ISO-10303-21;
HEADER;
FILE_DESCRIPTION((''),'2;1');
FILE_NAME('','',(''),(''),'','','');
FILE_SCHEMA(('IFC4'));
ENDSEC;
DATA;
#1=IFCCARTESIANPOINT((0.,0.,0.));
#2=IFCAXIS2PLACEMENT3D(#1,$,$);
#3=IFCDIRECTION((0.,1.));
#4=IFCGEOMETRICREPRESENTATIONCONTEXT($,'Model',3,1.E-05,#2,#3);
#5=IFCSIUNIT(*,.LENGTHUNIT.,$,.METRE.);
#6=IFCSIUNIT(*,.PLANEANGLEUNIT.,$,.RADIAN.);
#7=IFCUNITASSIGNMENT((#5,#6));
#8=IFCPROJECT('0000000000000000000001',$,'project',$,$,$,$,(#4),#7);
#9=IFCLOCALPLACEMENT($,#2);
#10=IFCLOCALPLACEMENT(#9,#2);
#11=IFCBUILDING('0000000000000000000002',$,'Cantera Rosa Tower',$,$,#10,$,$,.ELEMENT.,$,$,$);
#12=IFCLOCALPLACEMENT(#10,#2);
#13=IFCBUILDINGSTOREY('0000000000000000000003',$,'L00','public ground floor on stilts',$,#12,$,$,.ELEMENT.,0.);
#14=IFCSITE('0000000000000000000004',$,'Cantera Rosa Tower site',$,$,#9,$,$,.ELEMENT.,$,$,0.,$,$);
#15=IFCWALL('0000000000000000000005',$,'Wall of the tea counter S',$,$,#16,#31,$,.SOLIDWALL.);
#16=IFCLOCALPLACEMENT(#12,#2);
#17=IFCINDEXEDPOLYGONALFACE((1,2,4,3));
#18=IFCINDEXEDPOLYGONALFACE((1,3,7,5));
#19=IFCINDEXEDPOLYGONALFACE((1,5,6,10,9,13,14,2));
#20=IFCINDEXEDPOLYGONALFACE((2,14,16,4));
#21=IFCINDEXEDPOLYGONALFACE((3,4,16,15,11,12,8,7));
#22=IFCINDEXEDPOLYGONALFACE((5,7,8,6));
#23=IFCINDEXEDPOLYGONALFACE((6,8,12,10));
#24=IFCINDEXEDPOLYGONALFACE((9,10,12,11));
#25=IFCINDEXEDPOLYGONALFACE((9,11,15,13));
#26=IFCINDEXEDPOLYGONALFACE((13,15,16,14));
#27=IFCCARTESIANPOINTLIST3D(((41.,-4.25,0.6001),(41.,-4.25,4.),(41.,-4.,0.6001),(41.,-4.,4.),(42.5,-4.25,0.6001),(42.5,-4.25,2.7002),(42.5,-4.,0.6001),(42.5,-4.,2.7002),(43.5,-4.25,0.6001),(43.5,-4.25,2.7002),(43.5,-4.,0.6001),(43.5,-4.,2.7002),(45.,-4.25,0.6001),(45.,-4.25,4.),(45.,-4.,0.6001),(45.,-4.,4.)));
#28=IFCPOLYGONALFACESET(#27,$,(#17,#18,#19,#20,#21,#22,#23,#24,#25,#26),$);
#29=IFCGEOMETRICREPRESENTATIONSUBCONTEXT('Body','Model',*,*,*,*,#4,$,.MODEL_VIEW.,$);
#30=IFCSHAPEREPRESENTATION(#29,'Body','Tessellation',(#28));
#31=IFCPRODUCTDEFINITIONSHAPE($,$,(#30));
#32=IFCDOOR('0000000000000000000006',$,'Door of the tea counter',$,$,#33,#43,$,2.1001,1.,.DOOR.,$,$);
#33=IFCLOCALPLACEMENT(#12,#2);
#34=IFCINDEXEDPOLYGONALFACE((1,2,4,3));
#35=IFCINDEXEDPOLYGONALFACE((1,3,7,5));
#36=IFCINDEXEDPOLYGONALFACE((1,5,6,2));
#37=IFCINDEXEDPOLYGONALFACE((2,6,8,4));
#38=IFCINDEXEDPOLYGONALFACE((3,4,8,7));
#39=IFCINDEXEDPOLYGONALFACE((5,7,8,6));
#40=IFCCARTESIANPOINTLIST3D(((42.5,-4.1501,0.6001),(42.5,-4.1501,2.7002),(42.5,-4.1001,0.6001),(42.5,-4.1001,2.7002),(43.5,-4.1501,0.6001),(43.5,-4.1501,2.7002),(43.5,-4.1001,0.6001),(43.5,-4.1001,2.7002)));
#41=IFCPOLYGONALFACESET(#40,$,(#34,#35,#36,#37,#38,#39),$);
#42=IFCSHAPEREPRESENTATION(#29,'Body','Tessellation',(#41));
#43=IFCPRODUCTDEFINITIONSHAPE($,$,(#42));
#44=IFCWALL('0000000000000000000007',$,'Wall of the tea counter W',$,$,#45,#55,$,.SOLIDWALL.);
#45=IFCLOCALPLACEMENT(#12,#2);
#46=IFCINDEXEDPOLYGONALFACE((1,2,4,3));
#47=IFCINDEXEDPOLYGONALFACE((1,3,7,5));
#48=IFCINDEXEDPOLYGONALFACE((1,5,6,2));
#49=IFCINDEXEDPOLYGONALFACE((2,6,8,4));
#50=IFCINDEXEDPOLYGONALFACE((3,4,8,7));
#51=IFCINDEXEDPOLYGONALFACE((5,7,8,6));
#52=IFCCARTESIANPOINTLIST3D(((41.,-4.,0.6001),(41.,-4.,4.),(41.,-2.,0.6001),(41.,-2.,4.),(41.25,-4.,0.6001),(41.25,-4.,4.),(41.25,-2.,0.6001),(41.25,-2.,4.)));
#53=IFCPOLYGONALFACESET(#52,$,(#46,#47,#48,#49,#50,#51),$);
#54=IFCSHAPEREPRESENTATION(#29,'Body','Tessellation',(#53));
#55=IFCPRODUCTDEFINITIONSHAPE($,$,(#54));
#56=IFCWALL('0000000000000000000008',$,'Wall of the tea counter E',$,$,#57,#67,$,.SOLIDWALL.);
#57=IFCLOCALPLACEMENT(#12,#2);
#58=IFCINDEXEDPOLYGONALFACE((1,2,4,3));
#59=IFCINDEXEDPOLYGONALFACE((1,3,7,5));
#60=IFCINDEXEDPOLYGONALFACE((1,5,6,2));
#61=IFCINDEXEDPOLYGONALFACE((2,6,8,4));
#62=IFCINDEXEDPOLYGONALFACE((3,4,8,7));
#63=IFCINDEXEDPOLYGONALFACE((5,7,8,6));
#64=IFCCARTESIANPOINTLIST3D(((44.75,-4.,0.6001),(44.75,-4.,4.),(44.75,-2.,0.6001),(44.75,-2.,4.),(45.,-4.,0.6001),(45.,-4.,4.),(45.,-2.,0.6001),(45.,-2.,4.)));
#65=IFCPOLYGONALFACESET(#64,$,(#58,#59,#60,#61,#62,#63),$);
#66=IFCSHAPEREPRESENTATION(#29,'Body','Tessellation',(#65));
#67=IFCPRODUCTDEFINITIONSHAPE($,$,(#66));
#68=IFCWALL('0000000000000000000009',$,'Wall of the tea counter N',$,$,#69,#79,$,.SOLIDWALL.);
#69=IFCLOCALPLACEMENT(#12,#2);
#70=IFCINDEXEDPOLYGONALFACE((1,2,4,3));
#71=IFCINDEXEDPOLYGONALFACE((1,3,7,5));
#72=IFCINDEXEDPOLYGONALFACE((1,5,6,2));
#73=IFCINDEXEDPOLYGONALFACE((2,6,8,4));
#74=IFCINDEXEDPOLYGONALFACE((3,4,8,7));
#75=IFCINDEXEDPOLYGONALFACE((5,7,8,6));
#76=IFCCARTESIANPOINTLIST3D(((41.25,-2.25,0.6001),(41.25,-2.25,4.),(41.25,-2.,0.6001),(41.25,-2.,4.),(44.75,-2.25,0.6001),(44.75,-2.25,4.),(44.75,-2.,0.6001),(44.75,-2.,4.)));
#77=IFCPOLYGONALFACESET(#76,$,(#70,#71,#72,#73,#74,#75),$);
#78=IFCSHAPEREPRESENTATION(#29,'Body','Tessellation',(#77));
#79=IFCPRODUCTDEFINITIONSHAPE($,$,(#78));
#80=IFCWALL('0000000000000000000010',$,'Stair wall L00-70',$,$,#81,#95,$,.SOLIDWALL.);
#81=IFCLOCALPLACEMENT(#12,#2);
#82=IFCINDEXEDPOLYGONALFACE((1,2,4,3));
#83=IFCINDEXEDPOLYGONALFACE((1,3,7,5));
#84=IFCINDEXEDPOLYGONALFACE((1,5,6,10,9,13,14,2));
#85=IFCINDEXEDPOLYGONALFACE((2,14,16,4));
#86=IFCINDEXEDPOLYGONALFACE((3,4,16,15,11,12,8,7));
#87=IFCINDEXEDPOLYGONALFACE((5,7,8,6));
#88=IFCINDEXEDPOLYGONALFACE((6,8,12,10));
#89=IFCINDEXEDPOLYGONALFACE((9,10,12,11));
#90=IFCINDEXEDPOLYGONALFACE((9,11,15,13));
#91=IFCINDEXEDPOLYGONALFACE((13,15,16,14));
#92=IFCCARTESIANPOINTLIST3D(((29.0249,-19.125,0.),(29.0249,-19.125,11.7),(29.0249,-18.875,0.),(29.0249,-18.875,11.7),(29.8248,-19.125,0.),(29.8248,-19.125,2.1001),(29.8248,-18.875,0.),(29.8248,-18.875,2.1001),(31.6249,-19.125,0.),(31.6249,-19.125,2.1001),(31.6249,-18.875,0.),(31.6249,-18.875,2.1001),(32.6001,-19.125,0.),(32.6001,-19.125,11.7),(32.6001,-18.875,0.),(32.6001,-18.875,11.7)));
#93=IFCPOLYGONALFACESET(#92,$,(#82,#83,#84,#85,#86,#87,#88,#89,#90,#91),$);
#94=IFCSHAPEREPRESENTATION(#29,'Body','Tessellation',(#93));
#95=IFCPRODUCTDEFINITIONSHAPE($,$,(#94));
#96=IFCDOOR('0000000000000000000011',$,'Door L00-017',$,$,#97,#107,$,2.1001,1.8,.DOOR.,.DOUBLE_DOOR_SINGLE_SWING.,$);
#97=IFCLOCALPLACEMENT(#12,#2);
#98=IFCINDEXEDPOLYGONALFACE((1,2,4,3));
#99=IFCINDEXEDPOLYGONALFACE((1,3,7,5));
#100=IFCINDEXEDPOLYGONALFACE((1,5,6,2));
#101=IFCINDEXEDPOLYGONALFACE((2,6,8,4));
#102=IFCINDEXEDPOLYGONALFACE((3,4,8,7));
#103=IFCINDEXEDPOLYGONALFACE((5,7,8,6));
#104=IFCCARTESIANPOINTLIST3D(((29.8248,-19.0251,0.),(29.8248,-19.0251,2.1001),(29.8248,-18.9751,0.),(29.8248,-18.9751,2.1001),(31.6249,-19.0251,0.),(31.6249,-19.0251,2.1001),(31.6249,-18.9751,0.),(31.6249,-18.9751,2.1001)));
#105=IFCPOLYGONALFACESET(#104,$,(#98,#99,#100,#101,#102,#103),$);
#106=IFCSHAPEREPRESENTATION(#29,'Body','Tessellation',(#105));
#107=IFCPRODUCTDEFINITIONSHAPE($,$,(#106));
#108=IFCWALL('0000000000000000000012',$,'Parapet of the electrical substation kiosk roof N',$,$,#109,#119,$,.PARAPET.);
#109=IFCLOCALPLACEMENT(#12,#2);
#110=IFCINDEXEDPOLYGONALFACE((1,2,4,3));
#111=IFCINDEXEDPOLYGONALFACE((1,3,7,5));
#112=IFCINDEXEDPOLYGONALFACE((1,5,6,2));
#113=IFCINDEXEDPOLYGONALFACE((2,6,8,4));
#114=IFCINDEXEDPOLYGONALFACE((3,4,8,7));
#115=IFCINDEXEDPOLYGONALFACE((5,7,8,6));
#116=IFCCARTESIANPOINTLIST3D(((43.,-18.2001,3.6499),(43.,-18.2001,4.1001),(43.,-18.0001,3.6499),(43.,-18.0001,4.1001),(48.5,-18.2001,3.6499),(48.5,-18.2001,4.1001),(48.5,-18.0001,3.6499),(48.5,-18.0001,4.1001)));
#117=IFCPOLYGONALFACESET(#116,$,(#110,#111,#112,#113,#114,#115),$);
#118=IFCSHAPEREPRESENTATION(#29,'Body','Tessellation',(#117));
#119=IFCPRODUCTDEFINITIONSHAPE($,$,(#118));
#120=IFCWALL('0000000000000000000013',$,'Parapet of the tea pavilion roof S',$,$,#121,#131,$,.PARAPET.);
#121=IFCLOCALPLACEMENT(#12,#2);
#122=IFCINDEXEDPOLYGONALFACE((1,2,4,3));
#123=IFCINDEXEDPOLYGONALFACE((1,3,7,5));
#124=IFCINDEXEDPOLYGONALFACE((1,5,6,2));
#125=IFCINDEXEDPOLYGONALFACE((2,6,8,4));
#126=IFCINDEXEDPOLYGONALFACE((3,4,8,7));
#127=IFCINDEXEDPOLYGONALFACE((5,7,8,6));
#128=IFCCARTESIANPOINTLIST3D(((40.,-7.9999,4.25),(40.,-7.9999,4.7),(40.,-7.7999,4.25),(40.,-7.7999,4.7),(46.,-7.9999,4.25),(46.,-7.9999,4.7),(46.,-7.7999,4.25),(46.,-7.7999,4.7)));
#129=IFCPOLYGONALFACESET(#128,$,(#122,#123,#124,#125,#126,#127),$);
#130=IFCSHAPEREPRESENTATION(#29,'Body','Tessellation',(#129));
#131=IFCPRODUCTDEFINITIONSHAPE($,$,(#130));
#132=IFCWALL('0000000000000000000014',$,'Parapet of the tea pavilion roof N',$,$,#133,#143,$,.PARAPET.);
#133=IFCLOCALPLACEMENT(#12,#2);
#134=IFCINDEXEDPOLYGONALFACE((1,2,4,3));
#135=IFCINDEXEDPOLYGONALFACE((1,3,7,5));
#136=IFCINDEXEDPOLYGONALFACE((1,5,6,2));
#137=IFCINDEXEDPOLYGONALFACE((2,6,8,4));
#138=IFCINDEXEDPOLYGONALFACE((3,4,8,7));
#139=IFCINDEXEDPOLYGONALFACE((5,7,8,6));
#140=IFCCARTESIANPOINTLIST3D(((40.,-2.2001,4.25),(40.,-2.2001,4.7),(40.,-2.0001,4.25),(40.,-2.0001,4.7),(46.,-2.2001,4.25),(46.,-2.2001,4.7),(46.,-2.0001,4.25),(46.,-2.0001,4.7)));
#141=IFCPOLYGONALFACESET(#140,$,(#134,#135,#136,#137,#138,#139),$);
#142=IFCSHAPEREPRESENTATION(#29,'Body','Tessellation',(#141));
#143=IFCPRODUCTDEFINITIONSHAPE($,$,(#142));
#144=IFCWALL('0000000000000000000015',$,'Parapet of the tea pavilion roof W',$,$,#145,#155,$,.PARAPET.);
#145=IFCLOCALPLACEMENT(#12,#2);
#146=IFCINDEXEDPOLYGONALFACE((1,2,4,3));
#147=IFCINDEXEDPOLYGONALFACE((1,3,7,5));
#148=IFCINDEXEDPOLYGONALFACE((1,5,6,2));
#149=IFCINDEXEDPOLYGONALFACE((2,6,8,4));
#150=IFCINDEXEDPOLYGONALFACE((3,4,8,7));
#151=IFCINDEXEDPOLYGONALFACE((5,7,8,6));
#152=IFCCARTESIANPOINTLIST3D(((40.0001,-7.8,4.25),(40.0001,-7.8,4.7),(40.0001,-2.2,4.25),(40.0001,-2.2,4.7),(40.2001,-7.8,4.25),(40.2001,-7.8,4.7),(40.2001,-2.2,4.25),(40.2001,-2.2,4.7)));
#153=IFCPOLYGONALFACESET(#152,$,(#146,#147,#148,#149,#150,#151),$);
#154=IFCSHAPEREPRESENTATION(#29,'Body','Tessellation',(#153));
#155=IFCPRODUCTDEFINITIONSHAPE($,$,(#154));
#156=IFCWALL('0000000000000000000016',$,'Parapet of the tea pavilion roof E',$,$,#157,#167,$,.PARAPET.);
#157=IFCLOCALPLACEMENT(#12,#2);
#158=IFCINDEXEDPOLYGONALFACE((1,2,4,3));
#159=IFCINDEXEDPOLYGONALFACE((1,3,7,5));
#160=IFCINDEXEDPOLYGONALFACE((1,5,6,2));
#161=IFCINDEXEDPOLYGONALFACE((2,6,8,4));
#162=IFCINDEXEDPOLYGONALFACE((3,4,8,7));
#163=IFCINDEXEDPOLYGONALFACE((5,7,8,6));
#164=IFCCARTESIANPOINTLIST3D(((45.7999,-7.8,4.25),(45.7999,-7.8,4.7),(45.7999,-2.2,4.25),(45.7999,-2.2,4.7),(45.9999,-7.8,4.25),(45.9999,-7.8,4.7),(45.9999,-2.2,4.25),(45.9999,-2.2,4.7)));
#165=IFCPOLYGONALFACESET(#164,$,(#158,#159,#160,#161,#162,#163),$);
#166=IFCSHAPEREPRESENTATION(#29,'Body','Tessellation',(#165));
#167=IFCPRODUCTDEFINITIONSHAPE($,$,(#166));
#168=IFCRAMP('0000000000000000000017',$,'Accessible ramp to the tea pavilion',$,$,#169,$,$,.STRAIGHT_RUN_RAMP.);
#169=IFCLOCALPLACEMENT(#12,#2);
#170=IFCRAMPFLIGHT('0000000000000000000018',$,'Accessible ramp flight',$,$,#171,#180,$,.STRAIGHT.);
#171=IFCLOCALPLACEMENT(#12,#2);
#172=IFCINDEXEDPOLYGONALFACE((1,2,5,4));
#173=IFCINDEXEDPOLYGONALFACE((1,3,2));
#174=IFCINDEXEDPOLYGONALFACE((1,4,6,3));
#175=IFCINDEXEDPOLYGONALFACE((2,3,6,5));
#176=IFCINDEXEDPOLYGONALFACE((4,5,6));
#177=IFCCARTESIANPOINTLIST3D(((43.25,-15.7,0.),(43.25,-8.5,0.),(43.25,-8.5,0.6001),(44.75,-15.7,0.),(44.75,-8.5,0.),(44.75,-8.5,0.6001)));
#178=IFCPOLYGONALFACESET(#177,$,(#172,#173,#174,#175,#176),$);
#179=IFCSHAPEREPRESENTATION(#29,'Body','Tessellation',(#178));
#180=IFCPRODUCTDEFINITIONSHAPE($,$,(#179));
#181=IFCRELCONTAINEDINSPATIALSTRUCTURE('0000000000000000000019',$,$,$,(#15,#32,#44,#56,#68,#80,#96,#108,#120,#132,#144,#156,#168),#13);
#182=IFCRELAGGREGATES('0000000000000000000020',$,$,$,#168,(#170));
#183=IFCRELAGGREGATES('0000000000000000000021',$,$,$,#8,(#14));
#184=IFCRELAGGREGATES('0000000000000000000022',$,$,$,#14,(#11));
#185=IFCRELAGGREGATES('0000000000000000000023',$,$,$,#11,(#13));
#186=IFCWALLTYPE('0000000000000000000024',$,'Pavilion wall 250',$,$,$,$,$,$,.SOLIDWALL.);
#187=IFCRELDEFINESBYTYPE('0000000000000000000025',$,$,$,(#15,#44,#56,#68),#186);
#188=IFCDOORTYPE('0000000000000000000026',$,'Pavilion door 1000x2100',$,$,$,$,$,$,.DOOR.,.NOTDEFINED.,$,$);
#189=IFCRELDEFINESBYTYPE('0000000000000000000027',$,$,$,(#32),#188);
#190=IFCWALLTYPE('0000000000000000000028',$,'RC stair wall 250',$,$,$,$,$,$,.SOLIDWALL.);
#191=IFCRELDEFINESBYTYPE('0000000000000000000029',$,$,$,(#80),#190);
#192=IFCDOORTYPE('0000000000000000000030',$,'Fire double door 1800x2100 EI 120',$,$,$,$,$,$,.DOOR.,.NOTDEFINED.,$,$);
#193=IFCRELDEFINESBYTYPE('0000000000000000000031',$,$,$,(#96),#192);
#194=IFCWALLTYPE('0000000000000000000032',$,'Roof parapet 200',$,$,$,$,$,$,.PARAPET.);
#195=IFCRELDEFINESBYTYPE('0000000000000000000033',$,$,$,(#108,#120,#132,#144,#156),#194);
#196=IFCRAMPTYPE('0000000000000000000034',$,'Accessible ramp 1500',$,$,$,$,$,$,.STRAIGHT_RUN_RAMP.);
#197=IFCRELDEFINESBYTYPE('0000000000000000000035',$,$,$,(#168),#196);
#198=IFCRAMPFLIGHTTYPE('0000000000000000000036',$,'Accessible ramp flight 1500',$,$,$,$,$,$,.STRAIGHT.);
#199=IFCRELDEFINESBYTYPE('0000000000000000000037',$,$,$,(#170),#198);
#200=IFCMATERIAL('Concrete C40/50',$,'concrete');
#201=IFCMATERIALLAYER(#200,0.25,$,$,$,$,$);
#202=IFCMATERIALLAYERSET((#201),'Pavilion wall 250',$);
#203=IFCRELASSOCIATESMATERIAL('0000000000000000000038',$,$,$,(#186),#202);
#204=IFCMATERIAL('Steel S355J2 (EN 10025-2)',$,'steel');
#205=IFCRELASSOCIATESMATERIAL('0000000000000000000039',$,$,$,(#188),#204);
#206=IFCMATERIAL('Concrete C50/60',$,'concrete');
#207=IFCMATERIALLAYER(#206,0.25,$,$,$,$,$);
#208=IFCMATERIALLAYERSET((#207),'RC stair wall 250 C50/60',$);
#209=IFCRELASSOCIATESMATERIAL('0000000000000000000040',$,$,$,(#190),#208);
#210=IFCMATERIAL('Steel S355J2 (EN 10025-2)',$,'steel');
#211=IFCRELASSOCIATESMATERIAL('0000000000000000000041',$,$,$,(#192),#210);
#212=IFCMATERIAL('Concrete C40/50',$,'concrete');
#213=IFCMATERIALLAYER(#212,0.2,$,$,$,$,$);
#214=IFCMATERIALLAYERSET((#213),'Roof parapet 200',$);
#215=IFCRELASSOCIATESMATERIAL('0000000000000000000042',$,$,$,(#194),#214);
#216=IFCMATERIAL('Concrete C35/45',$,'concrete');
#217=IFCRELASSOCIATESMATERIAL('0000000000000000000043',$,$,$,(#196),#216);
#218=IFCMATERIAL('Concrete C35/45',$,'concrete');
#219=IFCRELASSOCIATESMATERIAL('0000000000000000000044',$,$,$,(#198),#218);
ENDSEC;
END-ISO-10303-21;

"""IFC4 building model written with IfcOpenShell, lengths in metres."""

from ifc_helpers import new_model, si_unit, direction, frame, frame_2d, origin, place, context, subcontext, project, spatial, polyline, rectangle, outline, extrude, material, layer, layer_set, type_object, element, fill, aggregate, save


model = new_model("IFC4")

# Units and contexts
model_context = context("Model", 3, precision=1e-05, world=origin(), true_north=direction((0.0, 1.0)))
body_context = subcontext(model_context, "Body", "Model", "MODEL_VIEW")
ifc_project = project(units=[si_unit("LENGTHUNIT", "METRE"), si_unit("PLANEANGLEUNIT", "RADIAN")], contexts=[model_context])

# Site, building, storey
site_placement = place(None, origin())
site = spatial("IfcSite", under=ifc_project, at=site_placement, Name="Cantera Rosa Tower site", CompositionType="ELEMENT", RefElevation=0.0)
building_placement = place(site_placement, origin())
building = spatial("IfcBuilding", under=site, at=building_placement, Name="Cantera Rosa Tower", CompositionType="ELEMENT")
storey_placement = place(building_placement, origin())
storey = spatial("IfcBuildingStorey", under=building, at=storey_placement, Name="L00", Description="public ground floor on stilts", CompositionType="ELEMENT", Elevation=0.0)

# Shared definitions
ifc_material_1 = material(Name="Concrete C40/50", Category="concrete")
ifc_layer_1 = layer(ifc_material_1, 0.25)
ifc_layer_set_1 = layer_set([ifc_layer_1], Name="Pavilion wall 250")
wall_type_1 = type_object("IfcWallType", Name="Pavilion wall 250", PredefinedType="SOLIDWALL", material=ifc_layer_set_1)

# Wall, opening, door
wall_1_placement = place(storey_placement, frame((41.0, -4.125, 0.6001), z_axis=(0.0, 0.0, 1.0), x_axis=(1.0, 0.0, 0.0)))
wall_1 = element("IfcWall", 1, at=wall_1_placement, inside=storey, type_object=wall_type_1, Name="Wall of the tea counter S", PredefinedType="SOLIDWALL", context=body_context, shape_type="SweptSolid", body=[
    extrude(rectangle(XDim=4.0, YDim=0.25, at=frame_2d((2.0, 0.0))), origin(), (0.0, 0.0, 1.0), 3.3999),
])
opening_1_placement = place(wall_1_placement, frame((1.5, 0.0, 0.0)))
opening_1 = element("IfcOpeningElement", 2, at=opening_1_placement, cuts=wall_1, PredefinedType="OPENING", context=body_context, shape_type="SweptSolid", body=[
    extrude(rectangle(XDim=1.0, YDim=2.1001, at=frame_2d((0.5, 1.05))), frame((0.0, 0.135, 0.0), z_axis=(0.0, -1.0, 0.0), x_axis=(1.0, 0.0, 0.0)), (0.0, 0.0, 1.0), 0.27),
])
ifc_material_2 = material(Name="Steel S355J2 (EN 10025-2)", Category="steel")
door_type_1 = type_object("IfcDoorType", Name="Pavilion door 1000x2100", OperationType="NOTDEFINED", PredefinedType="DOOR", material=ifc_material_2)
door_1_placement = place(opening_1_placement, origin())
door_1 = element("IfcDoor", 3, at=door_1_placement, inside=storey, type_object=door_type_1, Name="Door of the tea counter", OverallHeight=2.1001, OverallWidth=1.0, PredefinedType="DOOR", context=body_context, shape_type="SweptSolid", body=[
    extrude(rectangle(XDim=1.0, YDim=2.1001, at=frame_2d((0.5, 1.05))), frame((0.0, 0.0249, 0.0), z_axis=(0.0, -1.0, 0.0), x_axis=(1.0, 0.0, 0.0)), (0.0, 0.0, 1.0), 0.05),
])
fill(opening_1, door_1)

# Walls
for number, where, z_axis, x_axis, name in (
    (4, (41.125, -4.0, 0.6001), (0.0, 0.0, 1.0), (0.0, 1.0, 0.0), "Wall of the tea counter W"),
    (5, (44.875, -4.0, 0.6001), (0.0, 0.0, 1.0), (0.0, 1.0, 0.0), "Wall of the tea counter E"),
):
    element("IfcWall", number, at=place(storey_placement, frame(where, z_axis=z_axis, x_axis=x_axis)), inside=storey, type_object=wall_type_1, Name=name, PredefinedType="SOLIDWALL", context=body_context, shape_type="SweptSolid", body=[
        extrude(rectangle(XDim=2.0, YDim=0.25, at=frame_2d((1.0, 0.0))), origin(), (0.0, 0.0, 1.0), 3.3999),
    ])
wall_2_placement = place(storey_placement, frame((41.25, -2.125, 0.6001), z_axis=(0.0, 0.0, 1.0), x_axis=(1.0, 0.0, 0.0)))
element("IfcWall", 6, at=wall_2_placement, inside=storey, type_object=wall_type_1, Name="Wall of the tea counter N", PredefinedType="SOLIDWALL", context=body_context, shape_type="SweptSolid", body=[
    extrude(rectangle(XDim=3.5, YDim=0.25, at=frame_2d((1.75, 0.0))), origin(), (0.0, 0.0, 1.0), 3.3999),
])

# Wall, opening, door
ifc_material_3 = material(Name="Concrete C50/60", Category="concrete")
ifc_layer_2 = layer(ifc_material_3, 0.25)
ifc_layer_set_2 = layer_set([ifc_layer_2], Name="RC stair wall 250 C50/60")
wall_type_2 = type_object("IfcWallType", Name="RC stair wall 250", PredefinedType="SOLIDWALL", material=ifc_layer_set_2)
wall_3_placement = place(storey_placement, frame((29.0249, -19.0, 0.0), z_axis=(0.0, 0.0, 1.0), x_axis=(1.0, 0.0, 0.0)))
wall_3 = element("IfcWall", 7, at=wall_3_placement, inside=storey, type_object=wall_type_2, Name="Stair wall L00-70", PredefinedType="SOLIDWALL", context=body_context, shape_type="SweptSolid", body=[
    extrude(rectangle(XDim=3.5752, YDim=0.25, at=frame_2d((1.7876, 0.0))), origin(), (0.0, 0.0, 1.0), 11.7),
])
opening_2_placement = place(wall_3_placement, frame((0.8, 0.0, 0.0)))
opening_2 = element("IfcOpeningElement", 8, at=opening_2_placement, cuts=wall_3, PredefinedType="OPENING", context=body_context, shape_type="SweptSolid", body=[
    extrude(rectangle(XDim=1.8, YDim=2.1001, at=frame_2d((0.8999, 1.05))), frame((0.0, 0.135, 0.0), z_axis=(0.0, -1.0, 0.0), x_axis=(1.0, 0.0, 0.0)), (0.0, 0.0, 1.0), 0.27),
])
ifc_material_4 = material(Name="Steel S355J2 (EN 10025-2)", Category="steel")
door_type_2 = type_object("IfcDoorType", Name="Fire double door 1800x2100 EI 120", OperationType="NOTDEFINED", PredefinedType="DOOR", material=ifc_material_4)
door_2_placement = place(opening_2_placement, origin())
door_2 = element("IfcDoor", 9, at=door_2_placement, inside=storey, type_object=door_type_2, Name="Door L00-017", OperationType="DOUBLE_DOOR_SINGLE_SWING", OverallHeight=2.1001, OverallWidth=1.8, PredefinedType="DOOR", context=body_context, shape_type="SweptSolid", body=[
    extrude(rectangle(XDim=1.8, YDim=2.1001, at=frame_2d((0.8999, 1.05))), frame((0.0, 0.0249, 0.0), z_axis=(0.0, -1.0, 0.0), x_axis=(1.0, 0.0, 0.0)), (0.0, 0.0, 1.0), 0.05),
])
fill(opening_2, door_2)

# Walls
ifc_material_5 = material(Name="Concrete C40/50", Category="concrete")
ifc_layer_3 = layer(ifc_material_5, 0.2)
ifc_layer_set_3 = layer_set([ifc_layer_3], Name="Roof parapet 200")
wall_type_3 = type_object("IfcWallType", Name="Roof parapet 200", PredefinedType="PARAPET", material=ifc_layer_set_3)
wall_4_placement = place(storey_placement, frame((43.0, -18.1001, 3.6499), z_axis=(0.0, 0.0, 1.0), x_axis=(1.0, 0.0, 0.0)))
element("IfcWall", 10, at=wall_4_placement, inside=storey, type_object=wall_type_3, Name="Parapet of the electrical substation kiosk roof N", PredefinedType="PARAPET", context=body_context, shape_type="SweptSolid", body=[
    extrude(rectangle(XDim=5.5, YDim=0.2, at=frame_2d((2.75, 0.0))), origin(), (0.0, 0.0, 1.0), 0.4502),
])
for number, where, z_axis, x_axis, name in (
    (11, (40.0, -7.8999, 4.25), (0.0, 0.0, 1.0), (1.0, 0.0, 0.0), "Parapet of the tea pavilion roof S"),
    (12, (40.0, -2.1001, 4.25), (0.0, 0.0, 1.0), (1.0, 0.0, 0.0), "Parapet of the tea pavilion roof N"),
):
    element("IfcWall", number, at=place(storey_placement, frame(where, z_axis=z_axis, x_axis=x_axis)), inside=storey, type_object=wall_type_3, Name=name, PredefinedType="PARAPET", context=body_context, shape_type="SweptSolid", body=[
        extrude(rectangle(XDim=6.0, YDim=0.2, at=frame_2d((3.0, 0.0))), origin(), (0.0, 0.0, 1.0), 0.45),
    ])
for number, where, z_axis, x_axis, name in (
    (13, (40.1001, -7.8, 4.25), (0.0, 0.0, 1.0), (0.0, 1.0, 0.0), "Parapet of the tea pavilion roof W"),
    (14, (45.8999, -7.8, 4.25), (0.0, 0.0, 1.0), (0.0, 1.0, 0.0), "Parapet of the tea pavilion roof E"),
):
    element("IfcWall", number, at=place(storey_placement, frame(where, z_axis=z_axis, x_axis=x_axis)), inside=storey, type_object=wall_type_3, Name=name, PredefinedType="PARAPET", context=body_context, shape_type="SweptSolid", body=[
        extrude(rectangle(XDim=5.6001, YDim=0.2, at=frame_2d((2.8, 0.0))), origin(), (0.0, 0.0, 1.0), 0.45),
    ])

# Ramp, ramp flight
ifc_material_6 = material(Name="Concrete C35/45", Category="concrete")
ramp_type = type_object("IfcRampType", Name="Accessible ramp 1500", PredefinedType="STRAIGHT_RUN_RAMP", material=ifc_material_6)
ramp_placement = place(storey_placement, origin())
ramp = element("IfcRamp", 15, at=ramp_placement, inside=storey, type_object=ramp_type, Name="Accessible ramp to the tea pavilion", PredefinedType="STRAIGHT_RUN_RAMP")
ifc_material_7 = material(Name="Concrete C35/45", Category="concrete")
ramp_flight_type = type_object("IfcRampFlightType", Name="Accessible ramp flight 1500", PredefinedType="STRAIGHT", material=ifc_material_7)
ramp_flight_placement = place(storey_placement, frame((44.0, -15.7, 0.0), z_axis=(0.0, 0.0, 1.0), x_axis=(0.0, 1.0, 0.0)))
ramp_flight = element("IfcRampFlight", 16, at=ramp_flight_placement, type_object=ramp_flight_type, Name="Accessible ramp flight", PredefinedType="STRAIGHT", context=body_context, shape_type="SweptSolid", body=[
    extrude(outline(polyline([(0.0, 0.0), (7.2, 0.0), (7.2, 0.6001), (0.0, 0.0), (0.0, 0.0)])), frame((0.0, 0.75, 0.0), z_axis=(0.0, -1.0, 0.0), x_axis=(1.0, 0.0, 0.0)), (0.0, 0.0, 1.0), 1.5),
])
aggregate(ramp, [ramp_flight])

save(model, "model.ifc")
